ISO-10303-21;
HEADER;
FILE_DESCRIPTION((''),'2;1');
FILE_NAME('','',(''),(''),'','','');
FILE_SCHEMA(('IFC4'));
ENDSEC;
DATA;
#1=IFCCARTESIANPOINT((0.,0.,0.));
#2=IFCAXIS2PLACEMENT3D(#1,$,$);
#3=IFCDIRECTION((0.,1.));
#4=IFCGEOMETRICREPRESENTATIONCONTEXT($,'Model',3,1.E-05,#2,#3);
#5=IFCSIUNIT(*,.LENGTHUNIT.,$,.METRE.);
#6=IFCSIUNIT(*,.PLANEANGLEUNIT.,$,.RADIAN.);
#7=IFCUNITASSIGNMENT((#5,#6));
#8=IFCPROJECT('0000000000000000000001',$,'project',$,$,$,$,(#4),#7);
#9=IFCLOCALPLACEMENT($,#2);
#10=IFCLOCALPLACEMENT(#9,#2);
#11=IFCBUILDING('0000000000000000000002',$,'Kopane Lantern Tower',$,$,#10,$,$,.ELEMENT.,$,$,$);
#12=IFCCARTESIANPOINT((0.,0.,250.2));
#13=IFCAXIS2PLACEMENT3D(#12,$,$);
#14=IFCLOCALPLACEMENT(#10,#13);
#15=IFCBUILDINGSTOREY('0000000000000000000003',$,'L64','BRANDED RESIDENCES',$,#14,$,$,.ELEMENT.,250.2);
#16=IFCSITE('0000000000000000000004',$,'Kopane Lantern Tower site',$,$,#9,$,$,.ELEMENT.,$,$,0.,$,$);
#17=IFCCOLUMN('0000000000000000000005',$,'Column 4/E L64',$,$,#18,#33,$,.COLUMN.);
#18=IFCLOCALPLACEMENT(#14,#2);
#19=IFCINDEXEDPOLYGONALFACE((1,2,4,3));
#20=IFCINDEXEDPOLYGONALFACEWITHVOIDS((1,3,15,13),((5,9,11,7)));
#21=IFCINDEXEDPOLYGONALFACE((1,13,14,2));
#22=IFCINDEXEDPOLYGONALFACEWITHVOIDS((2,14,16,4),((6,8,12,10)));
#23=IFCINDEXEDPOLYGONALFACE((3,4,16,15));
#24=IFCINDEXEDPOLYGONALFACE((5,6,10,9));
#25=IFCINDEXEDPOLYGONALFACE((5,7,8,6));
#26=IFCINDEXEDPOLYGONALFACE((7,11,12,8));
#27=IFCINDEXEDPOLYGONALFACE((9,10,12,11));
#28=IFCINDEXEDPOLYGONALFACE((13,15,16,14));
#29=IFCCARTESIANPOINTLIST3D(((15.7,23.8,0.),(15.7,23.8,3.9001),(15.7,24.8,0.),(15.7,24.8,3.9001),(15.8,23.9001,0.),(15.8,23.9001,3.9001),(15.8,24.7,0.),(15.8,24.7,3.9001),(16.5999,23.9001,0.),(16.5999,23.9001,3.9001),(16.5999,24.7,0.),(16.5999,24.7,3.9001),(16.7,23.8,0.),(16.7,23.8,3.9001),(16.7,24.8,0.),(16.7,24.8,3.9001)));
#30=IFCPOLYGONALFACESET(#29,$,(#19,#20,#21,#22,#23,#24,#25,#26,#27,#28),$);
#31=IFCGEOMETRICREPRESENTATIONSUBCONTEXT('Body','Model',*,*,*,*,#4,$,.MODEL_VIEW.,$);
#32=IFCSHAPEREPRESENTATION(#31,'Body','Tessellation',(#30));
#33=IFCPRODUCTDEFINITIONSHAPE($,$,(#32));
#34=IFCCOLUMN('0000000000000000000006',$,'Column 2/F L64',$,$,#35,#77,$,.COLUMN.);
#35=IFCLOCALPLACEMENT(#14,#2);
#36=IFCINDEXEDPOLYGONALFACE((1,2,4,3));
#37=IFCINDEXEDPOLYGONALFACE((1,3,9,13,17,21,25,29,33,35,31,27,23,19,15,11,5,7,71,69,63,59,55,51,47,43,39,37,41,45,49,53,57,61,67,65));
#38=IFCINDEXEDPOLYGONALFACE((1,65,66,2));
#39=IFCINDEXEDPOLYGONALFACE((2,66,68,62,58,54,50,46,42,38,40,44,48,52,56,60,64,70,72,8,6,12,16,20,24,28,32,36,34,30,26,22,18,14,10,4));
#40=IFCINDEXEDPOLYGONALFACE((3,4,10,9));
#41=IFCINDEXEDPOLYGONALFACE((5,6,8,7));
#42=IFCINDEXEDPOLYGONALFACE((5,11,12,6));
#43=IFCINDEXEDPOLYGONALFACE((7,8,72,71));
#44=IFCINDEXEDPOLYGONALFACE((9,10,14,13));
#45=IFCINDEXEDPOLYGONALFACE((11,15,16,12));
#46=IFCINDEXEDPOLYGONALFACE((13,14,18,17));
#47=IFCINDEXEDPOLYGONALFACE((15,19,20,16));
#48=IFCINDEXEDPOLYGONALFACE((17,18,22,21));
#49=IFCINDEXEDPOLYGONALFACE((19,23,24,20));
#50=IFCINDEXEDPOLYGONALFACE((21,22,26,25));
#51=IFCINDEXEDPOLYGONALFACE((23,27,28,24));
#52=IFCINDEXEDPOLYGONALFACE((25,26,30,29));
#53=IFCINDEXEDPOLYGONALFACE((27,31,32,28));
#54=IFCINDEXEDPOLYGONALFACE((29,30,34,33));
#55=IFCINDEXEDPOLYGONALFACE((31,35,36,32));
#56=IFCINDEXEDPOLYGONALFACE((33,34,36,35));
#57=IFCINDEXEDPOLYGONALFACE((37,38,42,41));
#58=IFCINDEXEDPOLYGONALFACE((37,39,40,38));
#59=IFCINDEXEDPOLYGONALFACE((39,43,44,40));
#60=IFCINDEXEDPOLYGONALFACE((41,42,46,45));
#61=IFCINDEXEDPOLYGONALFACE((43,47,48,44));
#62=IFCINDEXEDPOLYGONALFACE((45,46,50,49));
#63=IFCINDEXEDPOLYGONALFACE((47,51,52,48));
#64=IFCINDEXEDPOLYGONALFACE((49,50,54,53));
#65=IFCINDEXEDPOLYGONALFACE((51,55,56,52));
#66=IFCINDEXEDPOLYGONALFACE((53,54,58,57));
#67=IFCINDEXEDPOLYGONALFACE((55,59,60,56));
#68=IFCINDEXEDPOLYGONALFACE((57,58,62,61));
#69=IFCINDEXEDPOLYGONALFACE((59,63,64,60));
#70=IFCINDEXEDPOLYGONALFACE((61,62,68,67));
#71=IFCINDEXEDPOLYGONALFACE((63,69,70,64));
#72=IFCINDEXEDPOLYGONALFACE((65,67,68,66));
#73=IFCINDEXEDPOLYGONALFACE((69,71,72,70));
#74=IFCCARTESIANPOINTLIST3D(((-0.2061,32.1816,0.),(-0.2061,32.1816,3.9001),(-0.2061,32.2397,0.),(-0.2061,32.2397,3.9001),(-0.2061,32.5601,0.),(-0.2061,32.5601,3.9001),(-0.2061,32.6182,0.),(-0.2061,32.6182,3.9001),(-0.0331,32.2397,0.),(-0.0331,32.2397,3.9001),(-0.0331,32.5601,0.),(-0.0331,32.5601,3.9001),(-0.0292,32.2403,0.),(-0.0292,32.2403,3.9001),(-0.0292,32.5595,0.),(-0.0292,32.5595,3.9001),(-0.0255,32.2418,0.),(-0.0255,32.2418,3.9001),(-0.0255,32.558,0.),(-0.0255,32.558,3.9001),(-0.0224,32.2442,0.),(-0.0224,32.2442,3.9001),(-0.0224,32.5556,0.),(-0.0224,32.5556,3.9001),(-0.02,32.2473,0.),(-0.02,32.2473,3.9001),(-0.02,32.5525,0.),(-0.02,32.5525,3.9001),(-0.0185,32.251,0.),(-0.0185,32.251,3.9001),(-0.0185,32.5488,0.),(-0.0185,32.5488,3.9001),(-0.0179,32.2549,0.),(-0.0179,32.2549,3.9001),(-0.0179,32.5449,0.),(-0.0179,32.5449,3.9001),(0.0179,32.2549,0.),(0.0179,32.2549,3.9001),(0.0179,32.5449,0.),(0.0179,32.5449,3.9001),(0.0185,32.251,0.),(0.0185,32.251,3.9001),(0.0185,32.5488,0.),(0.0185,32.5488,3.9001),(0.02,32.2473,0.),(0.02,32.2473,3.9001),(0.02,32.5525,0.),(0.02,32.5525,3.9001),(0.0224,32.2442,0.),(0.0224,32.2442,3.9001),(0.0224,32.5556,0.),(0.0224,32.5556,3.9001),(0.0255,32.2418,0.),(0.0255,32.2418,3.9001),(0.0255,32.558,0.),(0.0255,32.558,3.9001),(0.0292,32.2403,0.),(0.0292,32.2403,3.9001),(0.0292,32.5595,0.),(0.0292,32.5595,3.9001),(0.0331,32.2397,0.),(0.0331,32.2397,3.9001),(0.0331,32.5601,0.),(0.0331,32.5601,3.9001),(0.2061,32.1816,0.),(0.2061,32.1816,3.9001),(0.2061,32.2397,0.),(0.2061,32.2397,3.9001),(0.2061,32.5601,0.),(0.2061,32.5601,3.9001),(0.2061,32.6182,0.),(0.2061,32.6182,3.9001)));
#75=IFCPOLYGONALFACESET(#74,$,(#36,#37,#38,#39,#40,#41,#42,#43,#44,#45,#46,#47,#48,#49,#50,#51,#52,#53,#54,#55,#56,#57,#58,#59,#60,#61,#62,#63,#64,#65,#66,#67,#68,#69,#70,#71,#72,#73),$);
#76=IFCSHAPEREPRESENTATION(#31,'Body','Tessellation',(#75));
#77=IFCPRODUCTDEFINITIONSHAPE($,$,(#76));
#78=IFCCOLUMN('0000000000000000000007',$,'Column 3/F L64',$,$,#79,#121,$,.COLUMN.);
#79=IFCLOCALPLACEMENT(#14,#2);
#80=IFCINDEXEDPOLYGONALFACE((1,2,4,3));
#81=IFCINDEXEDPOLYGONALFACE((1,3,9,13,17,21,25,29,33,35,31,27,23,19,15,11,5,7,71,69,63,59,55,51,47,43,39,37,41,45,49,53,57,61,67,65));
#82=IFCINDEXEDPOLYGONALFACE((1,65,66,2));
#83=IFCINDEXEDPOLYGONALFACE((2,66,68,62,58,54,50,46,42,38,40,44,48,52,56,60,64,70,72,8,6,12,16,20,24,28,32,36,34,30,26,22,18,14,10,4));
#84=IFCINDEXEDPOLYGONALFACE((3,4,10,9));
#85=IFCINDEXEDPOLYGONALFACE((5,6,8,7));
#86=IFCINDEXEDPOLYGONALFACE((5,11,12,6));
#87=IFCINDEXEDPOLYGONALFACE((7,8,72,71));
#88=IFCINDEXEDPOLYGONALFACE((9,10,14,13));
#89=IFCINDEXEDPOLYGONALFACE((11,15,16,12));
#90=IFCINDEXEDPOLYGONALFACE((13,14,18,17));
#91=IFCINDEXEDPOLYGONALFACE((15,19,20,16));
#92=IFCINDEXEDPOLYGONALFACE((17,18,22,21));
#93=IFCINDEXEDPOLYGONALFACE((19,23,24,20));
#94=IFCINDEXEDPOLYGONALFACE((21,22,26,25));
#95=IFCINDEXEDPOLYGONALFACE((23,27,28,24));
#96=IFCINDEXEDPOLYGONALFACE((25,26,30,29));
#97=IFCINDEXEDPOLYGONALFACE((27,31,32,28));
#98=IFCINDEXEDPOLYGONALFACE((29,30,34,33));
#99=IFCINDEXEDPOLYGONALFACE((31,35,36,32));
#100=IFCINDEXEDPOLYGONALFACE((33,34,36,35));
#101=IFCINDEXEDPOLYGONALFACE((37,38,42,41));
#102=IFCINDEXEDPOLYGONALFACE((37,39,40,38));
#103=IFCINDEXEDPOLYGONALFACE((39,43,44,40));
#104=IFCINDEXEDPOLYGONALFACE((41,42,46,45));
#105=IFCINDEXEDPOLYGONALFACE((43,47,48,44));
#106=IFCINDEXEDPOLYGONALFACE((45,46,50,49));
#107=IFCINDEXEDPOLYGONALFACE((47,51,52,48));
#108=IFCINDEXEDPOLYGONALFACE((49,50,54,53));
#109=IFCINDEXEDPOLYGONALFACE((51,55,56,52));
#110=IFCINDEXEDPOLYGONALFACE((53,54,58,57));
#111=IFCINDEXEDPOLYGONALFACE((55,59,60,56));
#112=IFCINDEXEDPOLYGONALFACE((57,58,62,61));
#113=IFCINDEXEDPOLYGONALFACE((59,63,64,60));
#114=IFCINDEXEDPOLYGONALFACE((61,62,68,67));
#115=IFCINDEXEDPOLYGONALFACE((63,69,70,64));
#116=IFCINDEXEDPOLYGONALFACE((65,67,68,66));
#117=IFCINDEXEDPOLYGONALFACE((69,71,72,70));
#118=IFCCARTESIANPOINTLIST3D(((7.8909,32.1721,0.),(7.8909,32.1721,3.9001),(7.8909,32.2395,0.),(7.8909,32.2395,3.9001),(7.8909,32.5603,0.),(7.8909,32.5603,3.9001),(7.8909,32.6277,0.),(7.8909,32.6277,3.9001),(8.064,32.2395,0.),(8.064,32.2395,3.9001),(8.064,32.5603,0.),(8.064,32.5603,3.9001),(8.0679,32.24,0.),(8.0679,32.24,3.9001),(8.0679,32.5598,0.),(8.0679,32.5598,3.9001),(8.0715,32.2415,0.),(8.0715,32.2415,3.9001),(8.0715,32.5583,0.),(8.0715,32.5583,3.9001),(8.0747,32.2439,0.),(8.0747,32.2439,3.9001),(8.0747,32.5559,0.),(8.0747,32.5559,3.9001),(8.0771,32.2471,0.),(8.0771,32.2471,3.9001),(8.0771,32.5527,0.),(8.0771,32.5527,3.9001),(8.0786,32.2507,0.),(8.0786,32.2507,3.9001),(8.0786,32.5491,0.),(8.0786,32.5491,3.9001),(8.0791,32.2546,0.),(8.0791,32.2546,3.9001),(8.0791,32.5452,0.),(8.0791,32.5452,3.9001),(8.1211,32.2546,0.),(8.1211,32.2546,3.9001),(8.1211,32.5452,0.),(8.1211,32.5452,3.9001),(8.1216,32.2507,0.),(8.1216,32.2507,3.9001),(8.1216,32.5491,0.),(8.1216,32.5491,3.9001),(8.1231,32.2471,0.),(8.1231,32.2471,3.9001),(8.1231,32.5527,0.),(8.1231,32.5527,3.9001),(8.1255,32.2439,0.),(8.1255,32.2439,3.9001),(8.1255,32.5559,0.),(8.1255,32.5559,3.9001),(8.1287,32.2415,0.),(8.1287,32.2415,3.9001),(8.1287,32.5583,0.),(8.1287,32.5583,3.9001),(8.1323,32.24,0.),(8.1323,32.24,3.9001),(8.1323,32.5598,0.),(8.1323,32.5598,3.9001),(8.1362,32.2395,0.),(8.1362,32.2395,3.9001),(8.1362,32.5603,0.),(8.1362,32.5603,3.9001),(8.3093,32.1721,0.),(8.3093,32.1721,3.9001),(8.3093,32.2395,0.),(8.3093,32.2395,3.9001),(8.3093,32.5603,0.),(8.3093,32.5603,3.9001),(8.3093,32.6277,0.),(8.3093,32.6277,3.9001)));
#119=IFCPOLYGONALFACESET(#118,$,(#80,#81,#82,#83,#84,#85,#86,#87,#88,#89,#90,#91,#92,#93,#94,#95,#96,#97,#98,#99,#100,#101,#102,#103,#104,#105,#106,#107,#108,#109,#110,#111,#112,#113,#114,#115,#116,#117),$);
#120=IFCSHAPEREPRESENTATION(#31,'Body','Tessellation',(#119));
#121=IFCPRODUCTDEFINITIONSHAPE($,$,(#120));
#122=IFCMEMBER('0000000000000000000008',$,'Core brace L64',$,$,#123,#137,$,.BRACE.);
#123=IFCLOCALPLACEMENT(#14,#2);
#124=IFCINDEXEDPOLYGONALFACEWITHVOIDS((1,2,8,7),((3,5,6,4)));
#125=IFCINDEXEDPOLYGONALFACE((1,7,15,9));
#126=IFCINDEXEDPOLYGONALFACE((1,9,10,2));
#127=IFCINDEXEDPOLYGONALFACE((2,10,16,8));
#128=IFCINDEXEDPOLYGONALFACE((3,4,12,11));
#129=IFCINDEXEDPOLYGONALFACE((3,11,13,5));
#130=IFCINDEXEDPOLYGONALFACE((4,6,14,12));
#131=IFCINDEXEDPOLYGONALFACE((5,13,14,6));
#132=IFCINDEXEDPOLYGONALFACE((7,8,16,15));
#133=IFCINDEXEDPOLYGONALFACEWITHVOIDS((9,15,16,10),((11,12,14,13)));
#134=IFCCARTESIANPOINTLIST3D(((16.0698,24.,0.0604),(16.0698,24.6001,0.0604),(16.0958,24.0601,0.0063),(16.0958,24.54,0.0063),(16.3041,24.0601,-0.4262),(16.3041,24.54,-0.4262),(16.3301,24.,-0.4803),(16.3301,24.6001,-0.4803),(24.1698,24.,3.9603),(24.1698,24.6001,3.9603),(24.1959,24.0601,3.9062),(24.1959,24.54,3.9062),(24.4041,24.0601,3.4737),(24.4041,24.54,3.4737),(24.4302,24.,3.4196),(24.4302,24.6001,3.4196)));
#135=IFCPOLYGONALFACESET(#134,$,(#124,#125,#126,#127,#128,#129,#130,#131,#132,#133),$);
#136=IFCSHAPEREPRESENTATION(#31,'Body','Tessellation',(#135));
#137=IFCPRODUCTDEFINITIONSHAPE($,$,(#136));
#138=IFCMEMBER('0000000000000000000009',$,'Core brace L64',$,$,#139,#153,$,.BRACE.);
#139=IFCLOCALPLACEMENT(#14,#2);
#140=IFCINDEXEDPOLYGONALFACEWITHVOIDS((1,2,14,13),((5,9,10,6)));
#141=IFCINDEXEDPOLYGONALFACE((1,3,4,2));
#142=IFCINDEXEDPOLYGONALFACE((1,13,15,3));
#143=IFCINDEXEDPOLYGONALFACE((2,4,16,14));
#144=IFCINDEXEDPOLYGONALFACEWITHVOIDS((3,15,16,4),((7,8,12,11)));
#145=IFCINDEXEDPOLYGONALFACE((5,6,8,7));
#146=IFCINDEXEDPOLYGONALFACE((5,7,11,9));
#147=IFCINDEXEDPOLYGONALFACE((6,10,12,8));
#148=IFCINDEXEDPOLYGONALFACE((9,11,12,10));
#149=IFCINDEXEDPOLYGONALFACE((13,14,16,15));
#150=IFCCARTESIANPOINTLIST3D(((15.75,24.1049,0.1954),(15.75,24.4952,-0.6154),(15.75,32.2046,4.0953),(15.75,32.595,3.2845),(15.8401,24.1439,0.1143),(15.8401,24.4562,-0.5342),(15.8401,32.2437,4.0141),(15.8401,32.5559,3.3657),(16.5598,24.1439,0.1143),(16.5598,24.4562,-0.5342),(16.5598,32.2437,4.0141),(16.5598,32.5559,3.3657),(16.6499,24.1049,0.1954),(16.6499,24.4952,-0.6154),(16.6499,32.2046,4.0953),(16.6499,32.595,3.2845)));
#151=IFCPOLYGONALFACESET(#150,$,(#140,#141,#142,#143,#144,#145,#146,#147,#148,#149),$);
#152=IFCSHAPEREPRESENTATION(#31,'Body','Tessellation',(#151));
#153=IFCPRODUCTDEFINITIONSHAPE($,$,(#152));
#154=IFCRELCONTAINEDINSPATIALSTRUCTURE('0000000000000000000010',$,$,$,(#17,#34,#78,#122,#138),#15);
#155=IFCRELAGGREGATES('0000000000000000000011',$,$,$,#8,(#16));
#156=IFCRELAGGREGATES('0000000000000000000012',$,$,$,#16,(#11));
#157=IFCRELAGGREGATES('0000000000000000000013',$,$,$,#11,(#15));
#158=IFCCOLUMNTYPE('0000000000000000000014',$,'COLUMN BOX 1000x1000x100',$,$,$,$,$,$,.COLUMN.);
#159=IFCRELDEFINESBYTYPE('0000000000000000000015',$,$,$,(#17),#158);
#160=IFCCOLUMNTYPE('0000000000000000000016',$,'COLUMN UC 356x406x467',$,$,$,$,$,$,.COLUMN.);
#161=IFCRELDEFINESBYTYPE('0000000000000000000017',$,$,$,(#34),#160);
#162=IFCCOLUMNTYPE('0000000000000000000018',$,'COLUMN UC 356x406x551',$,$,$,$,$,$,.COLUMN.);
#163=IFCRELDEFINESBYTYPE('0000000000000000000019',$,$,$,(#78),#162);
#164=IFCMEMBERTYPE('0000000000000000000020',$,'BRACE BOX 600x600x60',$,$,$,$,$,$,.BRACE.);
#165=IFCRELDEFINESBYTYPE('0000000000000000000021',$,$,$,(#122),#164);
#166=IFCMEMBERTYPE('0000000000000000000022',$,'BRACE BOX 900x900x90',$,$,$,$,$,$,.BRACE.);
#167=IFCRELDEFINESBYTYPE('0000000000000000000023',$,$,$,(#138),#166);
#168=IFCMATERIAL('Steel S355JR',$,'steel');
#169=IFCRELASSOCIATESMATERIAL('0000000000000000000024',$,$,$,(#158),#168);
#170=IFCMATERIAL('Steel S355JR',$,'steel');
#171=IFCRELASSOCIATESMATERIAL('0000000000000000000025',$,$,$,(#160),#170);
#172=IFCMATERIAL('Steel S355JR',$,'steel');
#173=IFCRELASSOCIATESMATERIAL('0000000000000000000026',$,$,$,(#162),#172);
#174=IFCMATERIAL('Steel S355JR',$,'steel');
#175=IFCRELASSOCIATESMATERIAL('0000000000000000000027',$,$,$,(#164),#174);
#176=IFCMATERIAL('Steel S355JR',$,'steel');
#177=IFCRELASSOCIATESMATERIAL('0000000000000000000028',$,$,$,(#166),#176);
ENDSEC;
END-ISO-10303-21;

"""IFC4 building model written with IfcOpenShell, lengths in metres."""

from ifc_helpers import new_model, si_unit, direction, frame, origin, origin_2d, place, context, subcontext, project, spatial, hollow_rectangle, i_section, extrude, material, material_profile, profile_set, type_object, element, save


model = new_model("IFC4")

# Units and contexts
model_context = context("Model", 3, precision=1e-05, world=origin(), true_north=direction((0.0, 1.0)))
body_context = subcontext(model_context, "Body", "Model", "MODEL_VIEW")
ifc_project = project(units=[si_unit("LENGTHUNIT", "METRE"), si_unit("PLANEANGLEUNIT", "RADIAN")], contexts=[model_context])

# Site, building, storey
site_placement = place(None, origin())
site = spatial("IfcSite", under=ifc_project, at=site_placement, Name="Kopane Lantern Tower site", CompositionType="ELEMENT", RefElevation=0.0)
building_placement = place(site_placement, origin())
building = spatial("IfcBuilding", under=site, at=building_placement, Name="Kopane Lantern Tower", CompositionType="ELEMENT")
storey_placement = place(building_placement, frame((0.0, 0.0, 250.2)))
storey = spatial("IfcBuildingStorey", under=building, at=storey_placement, Name="L64", Description="BRANDED RESIDENCES", CompositionType="ELEMENT", Elevation=250.2)

# Columns
ifc_material_1 = material(Name="Steel S355JR", Category="steel")
ifc_material_profile_1 = material_profile(ifc_material_1, hollow_rectangle(XDim=1.0, YDim=1.0, WallThickness=0.1001, at=origin_2d()), Name="BOX 1000x1000x100")
ifc_profile_set_1 = profile_set([ifc_material_profile_1], Name="Steel S355JR")
column_type_1 = type_object("IfcColumnType", Name="COLUMN BOX 1000x1000x100", PredefinedType="COLUMN", material=ifc_profile_set_1)
column_1_placement = place(storey_placement, frame((16.2, 24.3, 0.0), z_axis=(0.0, 0.0, 1.0), x_axis=(1.0, 0.0, 0.0)))
element("IfcColumn", 1, at=column_1_placement, inside=storey, type_object=column_type_1, Name="Column 4/E L64", PredefinedType="COLUMN", context=body_context, shape_type="SweptSolid", body=[
    extrude(hollow_rectangle(XDim=1.0, YDim=1.0, WallThickness=0.1001, at=origin_2d()), origin(), (0.0, 0.0, 1.0), 3.9001),
])
ifc_material_2 = material(Name="Steel S355JR", Category="steel")
ifc_material_profile_2 = material_profile(ifc_material_2, i_section(OverallWidth=0.4121, OverallDepth=0.4365, WebThickness=0.0359, FlangeThickness=0.0581, FilletRadius=0.0151, at=origin_2d()), Name="UC 356x406x467")
ifc_profile_set_2 = profile_set([ifc_material_profile_2], Name="Steel S355JR")
column_type_2 = type_object("IfcColumnType", Name="COLUMN UC 356x406x467", PredefinedType="COLUMN", material=ifc_profile_set_2)
column_2_placement = place(storey_placement, frame((0.0, 32.3999, 0.0), z_axis=(0.0, 0.0, 1.0), x_axis=(1.0, 0.0, 0.0)))
element("IfcColumn", 2, at=column_2_placement, inside=storey, type_object=column_type_2, Name="Column 2/F L64", PredefinedType="COLUMN", context=body_context, shape_type="SweptSolid", body=[
    extrude(i_section(OverallWidth=0.4121, OverallDepth=0.4365, WebThickness=0.0359, FlangeThickness=0.0581, FilletRadius=0.0151, at=origin_2d()), origin(), (0.0, 0.0, 1.0), 3.9001),
])
ifc_material_3 = material(Name="Steel S355JR", Category="steel")
ifc_material_profile_3 = material_profile(ifc_material_3, i_section(OverallWidth=0.4185, OverallDepth=0.4556, WebThickness=0.042, FlangeThickness=0.0674, FilletRadius=0.0151, at=origin_2d()), Name="UC 356x406x551")
ifc_profile_set_3 = profile_set([ifc_material_profile_3], Name="Steel S355JR")
column_type_3 = type_object("IfcColumnType", Name="COLUMN UC 356x406x551", PredefinedType="COLUMN", material=ifc_profile_set_3)
column_3_placement = place(storey_placement, frame((8.1001, 32.3999, 0.0), z_axis=(0.0, 0.0, 1.0), x_axis=(1.0, 0.0, 0.0)))
element("IfcColumn", 3, at=column_3_placement, inside=storey, type_object=column_type_3, Name="Column 3/F L64", PredefinedType="COLUMN", context=body_context, shape_type="SweptSolid", body=[
    extrude(i_section(OverallWidth=0.4185, OverallDepth=0.4556, WebThickness=0.042, FlangeThickness=0.0674, FilletRadius=0.0151, at=origin_2d()), origin(), (0.0, 0.0, 1.0), 3.9001),
])

# Members
ifc_material_4 = material(Name="Steel S355JR", Category="steel")
ifc_material_profile_4 = material_profile(ifc_material_4, hollow_rectangle(XDim=0.6001, YDim=0.6001, WallThickness=0.0601, at=origin_2d()), Name="BOX 600x600x60")
ifc_profile_set_4 = profile_set([ifc_material_profile_4], Name="Steel S355JR")
member_type_1 = type_object("IfcMemberType", Name="BRACE BOX 600x600x60", PredefinedType="BRACE", material=ifc_profile_set_4)
member_1_placement = place(storey_placement, frame((16.2, 24.3, -0.21), z_axis=(0.901008, 0.0, 0.433803), x_axis=(0.0, 1.0, 0.0)))
element("IfcMember", 4, at=member_1_placement, inside=storey, type_object=member_type_1, Name="Core brace L64", PredefinedType="BRACE", context=body_context, shape_type="SweptSolid", body=[
    extrude(hollow_rectangle(XDim=0.6001, YDim=0.6001, WallThickness=0.0601, at=origin_2d()), origin(), (0.0, 0.0, 1.0), 8.99),
])
ifc_material_5 = material(Name="Steel S355JR", Category="steel")
ifc_material_profile_5 = material_profile(ifc_material_5, hollow_rectangle(XDim=0.8999, YDim=0.8999, WallThickness=0.0901, at=origin_2d()), Name="BOX 900x900x90")
ifc_profile_set_5 = profile_set([ifc_material_profile_5], Name="Steel S355JR")
member_type_2 = type_object("IfcMemberType", Name="BRACE BOX 900x900x90", PredefinedType="BRACE", material=ifc_profile_set_5)
member_2_placement = place(storey_placement, frame((16.2, 24.3, -0.21), z_axis=(0.0, 0.901003, 0.433813), x_axis=(-1.0, 0.0, 0.0)))
element("IfcMember", 5, at=member_2_placement, inside=storey, type_object=member_type_2, Name="Core brace L64", PredefinedType="BRACE", context=body_context, shape_type="SweptSolid", body=[
    extrude(hollow_rectangle(XDim=0.8999, YDim=0.8999, WallThickness=0.0901, at=origin_2d()), origin(), (0.0, 0.0, 1.0), 8.9897),
])

save(model, "model.ifc")
